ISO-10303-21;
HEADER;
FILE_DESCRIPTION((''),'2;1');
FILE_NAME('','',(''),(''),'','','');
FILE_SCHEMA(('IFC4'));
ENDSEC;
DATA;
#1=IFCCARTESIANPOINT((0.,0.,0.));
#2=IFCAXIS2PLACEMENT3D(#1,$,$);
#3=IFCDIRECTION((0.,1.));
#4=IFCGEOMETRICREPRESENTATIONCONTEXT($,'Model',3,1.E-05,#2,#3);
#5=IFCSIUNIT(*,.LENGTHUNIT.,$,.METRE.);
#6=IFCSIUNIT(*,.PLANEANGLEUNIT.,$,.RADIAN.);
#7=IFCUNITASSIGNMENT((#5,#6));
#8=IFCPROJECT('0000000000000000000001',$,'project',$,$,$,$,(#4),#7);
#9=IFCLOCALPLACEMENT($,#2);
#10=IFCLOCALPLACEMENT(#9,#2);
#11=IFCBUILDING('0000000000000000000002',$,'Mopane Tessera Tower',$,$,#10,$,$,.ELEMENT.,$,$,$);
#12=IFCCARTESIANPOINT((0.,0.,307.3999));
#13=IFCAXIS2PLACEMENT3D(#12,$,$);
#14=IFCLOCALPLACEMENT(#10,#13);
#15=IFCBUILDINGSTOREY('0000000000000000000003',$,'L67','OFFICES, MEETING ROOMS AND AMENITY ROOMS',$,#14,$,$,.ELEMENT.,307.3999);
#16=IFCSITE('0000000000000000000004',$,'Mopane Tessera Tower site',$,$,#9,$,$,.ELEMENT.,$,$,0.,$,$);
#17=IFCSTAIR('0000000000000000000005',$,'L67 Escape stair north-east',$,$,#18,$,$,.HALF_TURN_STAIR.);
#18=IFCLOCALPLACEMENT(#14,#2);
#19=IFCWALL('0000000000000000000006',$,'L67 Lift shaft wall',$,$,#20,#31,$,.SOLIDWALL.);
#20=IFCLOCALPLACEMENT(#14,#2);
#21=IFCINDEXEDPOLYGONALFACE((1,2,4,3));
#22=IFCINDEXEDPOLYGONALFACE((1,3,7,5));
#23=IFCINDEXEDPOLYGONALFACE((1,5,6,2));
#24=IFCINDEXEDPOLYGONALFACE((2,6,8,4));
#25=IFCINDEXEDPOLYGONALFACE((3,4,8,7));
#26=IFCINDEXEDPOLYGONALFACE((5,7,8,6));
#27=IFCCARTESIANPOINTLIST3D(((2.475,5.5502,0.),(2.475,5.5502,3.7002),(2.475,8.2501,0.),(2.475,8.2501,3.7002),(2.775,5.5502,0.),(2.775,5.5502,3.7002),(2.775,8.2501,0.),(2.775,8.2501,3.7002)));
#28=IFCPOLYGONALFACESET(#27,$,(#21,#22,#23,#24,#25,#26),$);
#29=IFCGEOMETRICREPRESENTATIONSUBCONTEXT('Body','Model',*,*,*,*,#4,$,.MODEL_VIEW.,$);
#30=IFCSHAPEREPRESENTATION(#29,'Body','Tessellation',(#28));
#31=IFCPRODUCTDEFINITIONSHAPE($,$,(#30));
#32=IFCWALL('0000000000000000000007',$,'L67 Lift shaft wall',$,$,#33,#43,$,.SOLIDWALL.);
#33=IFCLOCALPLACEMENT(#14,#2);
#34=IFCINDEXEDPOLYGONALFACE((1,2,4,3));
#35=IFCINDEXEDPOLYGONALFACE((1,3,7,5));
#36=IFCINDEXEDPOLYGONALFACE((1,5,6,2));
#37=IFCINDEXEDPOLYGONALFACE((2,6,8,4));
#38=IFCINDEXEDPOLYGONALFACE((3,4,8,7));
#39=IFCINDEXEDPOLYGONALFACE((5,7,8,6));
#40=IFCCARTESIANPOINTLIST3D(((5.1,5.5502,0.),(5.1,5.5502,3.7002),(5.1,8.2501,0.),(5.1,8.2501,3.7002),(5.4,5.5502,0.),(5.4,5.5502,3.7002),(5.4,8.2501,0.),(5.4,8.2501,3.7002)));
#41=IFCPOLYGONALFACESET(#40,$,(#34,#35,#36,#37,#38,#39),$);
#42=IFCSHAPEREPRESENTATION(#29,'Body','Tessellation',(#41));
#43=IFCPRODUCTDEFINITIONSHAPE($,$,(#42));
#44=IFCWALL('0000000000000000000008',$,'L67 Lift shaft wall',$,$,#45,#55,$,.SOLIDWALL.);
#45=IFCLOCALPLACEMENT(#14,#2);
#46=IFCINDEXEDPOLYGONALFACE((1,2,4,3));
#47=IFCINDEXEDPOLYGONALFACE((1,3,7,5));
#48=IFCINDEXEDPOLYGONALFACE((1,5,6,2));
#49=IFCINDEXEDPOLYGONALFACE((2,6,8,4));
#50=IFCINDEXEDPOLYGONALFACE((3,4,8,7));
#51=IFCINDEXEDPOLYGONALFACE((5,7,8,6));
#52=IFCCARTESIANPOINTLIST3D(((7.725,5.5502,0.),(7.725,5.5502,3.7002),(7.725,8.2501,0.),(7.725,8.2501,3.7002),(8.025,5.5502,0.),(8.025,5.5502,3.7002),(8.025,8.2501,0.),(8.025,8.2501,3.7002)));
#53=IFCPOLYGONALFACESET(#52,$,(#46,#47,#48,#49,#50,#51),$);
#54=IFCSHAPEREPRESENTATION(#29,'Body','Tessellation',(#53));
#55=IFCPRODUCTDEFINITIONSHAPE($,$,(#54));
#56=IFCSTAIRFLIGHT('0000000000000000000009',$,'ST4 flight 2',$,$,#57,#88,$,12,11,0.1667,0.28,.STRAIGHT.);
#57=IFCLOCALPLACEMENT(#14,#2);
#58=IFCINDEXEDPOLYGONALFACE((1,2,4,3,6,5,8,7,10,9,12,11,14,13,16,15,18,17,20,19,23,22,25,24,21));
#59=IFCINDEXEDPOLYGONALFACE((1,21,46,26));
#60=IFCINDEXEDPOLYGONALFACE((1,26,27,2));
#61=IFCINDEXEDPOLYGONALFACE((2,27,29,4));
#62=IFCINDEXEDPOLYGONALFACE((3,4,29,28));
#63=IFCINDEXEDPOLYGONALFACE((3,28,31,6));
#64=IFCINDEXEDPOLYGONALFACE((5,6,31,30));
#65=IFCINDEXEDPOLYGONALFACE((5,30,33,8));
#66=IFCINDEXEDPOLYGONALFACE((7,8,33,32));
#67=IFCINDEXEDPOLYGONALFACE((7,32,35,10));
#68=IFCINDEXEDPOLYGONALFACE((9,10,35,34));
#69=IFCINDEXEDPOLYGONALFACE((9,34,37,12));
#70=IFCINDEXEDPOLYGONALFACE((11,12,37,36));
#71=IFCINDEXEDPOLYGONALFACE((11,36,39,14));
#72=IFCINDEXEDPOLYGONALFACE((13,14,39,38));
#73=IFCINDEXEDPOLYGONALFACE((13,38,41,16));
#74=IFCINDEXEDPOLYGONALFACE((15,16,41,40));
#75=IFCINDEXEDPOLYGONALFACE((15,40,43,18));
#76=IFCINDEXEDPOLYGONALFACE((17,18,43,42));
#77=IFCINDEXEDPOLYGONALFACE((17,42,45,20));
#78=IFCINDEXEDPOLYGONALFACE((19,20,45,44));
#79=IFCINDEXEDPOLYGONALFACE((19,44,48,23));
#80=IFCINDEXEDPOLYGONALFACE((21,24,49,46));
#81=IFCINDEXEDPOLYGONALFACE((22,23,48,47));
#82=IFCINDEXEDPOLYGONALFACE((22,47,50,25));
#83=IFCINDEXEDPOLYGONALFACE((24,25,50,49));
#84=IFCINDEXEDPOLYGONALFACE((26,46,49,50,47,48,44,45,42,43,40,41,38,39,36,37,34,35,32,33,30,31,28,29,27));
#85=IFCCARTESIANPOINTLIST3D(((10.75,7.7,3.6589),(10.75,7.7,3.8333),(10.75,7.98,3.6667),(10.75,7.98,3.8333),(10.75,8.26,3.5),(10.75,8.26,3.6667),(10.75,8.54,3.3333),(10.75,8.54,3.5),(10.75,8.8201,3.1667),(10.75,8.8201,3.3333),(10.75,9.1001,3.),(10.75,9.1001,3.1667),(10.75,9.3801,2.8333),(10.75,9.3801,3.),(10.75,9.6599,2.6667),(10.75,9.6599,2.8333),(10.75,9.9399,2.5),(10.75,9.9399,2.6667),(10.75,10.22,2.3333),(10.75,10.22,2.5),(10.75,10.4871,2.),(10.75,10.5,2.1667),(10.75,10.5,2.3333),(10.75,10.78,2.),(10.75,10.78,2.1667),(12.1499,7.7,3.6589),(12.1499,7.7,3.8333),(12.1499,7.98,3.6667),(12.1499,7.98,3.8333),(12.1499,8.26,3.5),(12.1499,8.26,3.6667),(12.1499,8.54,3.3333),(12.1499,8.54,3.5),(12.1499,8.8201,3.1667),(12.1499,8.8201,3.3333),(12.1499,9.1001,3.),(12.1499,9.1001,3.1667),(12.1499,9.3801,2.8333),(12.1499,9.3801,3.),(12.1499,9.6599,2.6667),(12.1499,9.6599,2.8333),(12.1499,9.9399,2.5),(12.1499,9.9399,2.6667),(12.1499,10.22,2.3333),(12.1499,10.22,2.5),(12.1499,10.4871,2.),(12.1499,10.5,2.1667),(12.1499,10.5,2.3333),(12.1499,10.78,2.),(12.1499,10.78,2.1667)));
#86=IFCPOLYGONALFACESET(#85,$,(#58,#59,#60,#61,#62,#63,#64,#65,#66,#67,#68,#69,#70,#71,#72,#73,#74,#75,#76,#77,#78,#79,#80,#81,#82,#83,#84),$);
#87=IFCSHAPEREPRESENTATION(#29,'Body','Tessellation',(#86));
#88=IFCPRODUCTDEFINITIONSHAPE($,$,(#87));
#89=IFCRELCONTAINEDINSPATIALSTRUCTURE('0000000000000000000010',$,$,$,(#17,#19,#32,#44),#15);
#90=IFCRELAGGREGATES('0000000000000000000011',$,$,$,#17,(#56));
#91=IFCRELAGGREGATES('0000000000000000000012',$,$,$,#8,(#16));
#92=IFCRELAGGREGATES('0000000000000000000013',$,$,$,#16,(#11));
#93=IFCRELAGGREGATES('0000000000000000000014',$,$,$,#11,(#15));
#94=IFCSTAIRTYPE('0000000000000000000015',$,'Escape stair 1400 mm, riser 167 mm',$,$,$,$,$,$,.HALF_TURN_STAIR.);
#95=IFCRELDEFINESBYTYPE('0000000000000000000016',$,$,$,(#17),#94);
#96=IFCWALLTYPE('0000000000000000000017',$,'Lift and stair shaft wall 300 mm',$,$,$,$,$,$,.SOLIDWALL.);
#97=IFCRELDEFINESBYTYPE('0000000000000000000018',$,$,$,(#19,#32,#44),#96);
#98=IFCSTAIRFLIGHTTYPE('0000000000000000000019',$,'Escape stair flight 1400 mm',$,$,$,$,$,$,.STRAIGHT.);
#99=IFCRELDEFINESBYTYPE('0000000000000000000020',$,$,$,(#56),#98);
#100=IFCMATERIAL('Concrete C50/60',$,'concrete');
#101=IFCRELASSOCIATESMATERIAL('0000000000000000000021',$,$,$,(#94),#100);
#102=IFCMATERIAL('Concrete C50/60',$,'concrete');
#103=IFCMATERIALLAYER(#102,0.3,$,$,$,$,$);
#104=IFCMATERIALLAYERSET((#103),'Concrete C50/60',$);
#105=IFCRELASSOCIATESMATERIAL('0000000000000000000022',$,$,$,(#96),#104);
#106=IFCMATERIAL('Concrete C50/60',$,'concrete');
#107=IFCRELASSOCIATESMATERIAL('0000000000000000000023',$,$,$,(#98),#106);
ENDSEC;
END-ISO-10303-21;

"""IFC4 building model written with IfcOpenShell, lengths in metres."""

from ifc_helpers import new_model, si_unit, direction, frame, frame_2d, origin, place, context, subcontext, project, spatial, polyline, rectangle, outline, extrude, material, layer, layer_set, type_object, element, aggregate, save


model = new_model("IFC4")

# Units and contexts
model_context = context("Model", 3, precision=1e-05, world=origin(), true_north=direction((0.0, 1.0)))
body_context = subcontext(model_context, "Body", "Model", "MODEL_VIEW")
ifc_project = project(units=[si_unit("LENGTHUNIT", "METRE"), si_unit("PLANEANGLEUNIT", "RADIAN")], contexts=[model_context])

# Site, building, storey
site_placement = place(None, origin())
site = spatial("IfcSite", under=ifc_project, at=site_placement, Name="Mopane Tessera Tower site", CompositionType="ELEMENT", RefElevation=0.0)
building_placement = place(site_placement, origin())
building = spatial("IfcBuilding", under=site, at=building_placement, Name="Mopane Tessera Tower", CompositionType="ELEMENT")
storey_placement = place(building_placement, frame((0.0, 0.0, 307.3999)))
storey = spatial("IfcBuildingStorey", under=building, at=storey_placement, Name="L67", Description="OFFICES, MEETING ROOMS AND AMENITY ROOMS", CompositionType="ELEMENT", Elevation=307.3999)

# Stair
ifc_material_1 = material(Name="Concrete C50/60", Category="concrete")
stair_type = type_object("IfcStairType", Name="Escape stair 1400 mm, riser 167 mm", PredefinedType="HALF_TURN_STAIR", material=ifc_material_1)
stair_1_placement = place(storey_placement, origin())
stair_1 = element("IfcStair", 1, at=stair_1_placement, inside=storey, type_object=stair_type, Name="L67 Escape stair north-east", PredefinedType="HALF_TURN_STAIR")

# Shared definitions
ifc_material_2 = material(Name="Concrete C50/60", Category="concrete")
ifc_layer_1 = layer(ifc_material_2, 0.3)
ifc_layer_set_1 = layer_set([ifc_layer_1], Name="Concrete C50/60")
wall_type_1 = type_object("IfcWallType", Name="Lift and stair shaft wall 300 mm", PredefinedType="SOLIDWALL", material=ifc_layer_set_1)

# Walls
for number, where, z_axis, x_axis, name in (
    (2, (2.625, 5.55, 0.0), (0.0, 0.0, 1.0), (0.0, 1.0, 0.0), "L67 Lift shaft wall"),
    (3, (5.25, 5.55, 0.0), (0.0, 0.0, 1.0), (0.0, 1.0, 0.0), "L67 Lift shaft wall"),
    (4, (7.875, 5.55, 0.0), (0.0, 0.0, 1.0), (0.0, 1.0, 0.0), "L67 Lift shaft wall"),
):
    element("IfcWall", number, at=place(storey_placement, frame(where, z_axis=z_axis, x_axis=x_axis)), inside=storey, type_object=wall_type_1, Name=name, PredefinedType="SOLIDWALL", context=body_context, shape_type="SweptSolid", body=[
        extrude(rectangle(XDim=2.7, YDim=0.3, at=frame_2d((1.3501, 0.0))), origin(), (0.0, 0.0, 1.0), 3.7002),
    ])

# Stair flight
ifc_material_3 = material(Name="Concrete C50/60", Category="concrete")
stair_flight_type = type_object("IfcStairFlightType", Name="Escape stair flight 1400 mm", PredefinedType="STRAIGHT", material=ifc_material_3)
stair_flight_placement = place(storey_placement, frame((11.45, 10.78, 2.0), z_axis=(0.0, 0.0, 1.0), x_axis=(0.0, -1.0, 0.0)))
stair_flight = element("IfcStairFlight", 5, at=stair_flight_placement, type_object=stair_flight_type, Name="ST4 flight 2", NumberOfRisers=12, NumberOfTreads=11, PredefinedType="STRAIGHT", RiserHeight=0.1667, TreadLength=0.28, context=body_context, shape_type="SweptSolid", body=[
    extrude(outline(polyline([(0.0, 0.0), (0.0, 0.1667), (0.28, 0.1667), (0.28, 0.3333), (0.5601, 0.3333), (0.5601, 0.5), (0.8401, 0.5), (0.8401, 0.6667), (1.1201, 0.6667), (1.1201, 0.8333), (1.3999, 0.8333), (1.3999, 1.0), (1.6799, 1.0), (1.6799, 1.1667), (1.96, 1.1667), (1.96, 1.3333), (2.24, 1.3333), (2.24, 1.5), (2.52, 1.5), (2.52, 1.6667), (2.8, 1.6667), (2.8, 1.8333), (3.0801, 1.8333), (3.0801, 2.0), (3.0801, 1.6589), (0.293, 0.0), (0.0, 0.0)])), frame((0.0, 0.7, 0.0), z_axis=(0.0, -1.0, 0.0), x_axis=(1.0, 0.0, 0.0)), (0.0, 0.0, 1.0), 1.3999),
])
aggregate(stair_1, [stair_flight])

save(model, "model.ifc")
